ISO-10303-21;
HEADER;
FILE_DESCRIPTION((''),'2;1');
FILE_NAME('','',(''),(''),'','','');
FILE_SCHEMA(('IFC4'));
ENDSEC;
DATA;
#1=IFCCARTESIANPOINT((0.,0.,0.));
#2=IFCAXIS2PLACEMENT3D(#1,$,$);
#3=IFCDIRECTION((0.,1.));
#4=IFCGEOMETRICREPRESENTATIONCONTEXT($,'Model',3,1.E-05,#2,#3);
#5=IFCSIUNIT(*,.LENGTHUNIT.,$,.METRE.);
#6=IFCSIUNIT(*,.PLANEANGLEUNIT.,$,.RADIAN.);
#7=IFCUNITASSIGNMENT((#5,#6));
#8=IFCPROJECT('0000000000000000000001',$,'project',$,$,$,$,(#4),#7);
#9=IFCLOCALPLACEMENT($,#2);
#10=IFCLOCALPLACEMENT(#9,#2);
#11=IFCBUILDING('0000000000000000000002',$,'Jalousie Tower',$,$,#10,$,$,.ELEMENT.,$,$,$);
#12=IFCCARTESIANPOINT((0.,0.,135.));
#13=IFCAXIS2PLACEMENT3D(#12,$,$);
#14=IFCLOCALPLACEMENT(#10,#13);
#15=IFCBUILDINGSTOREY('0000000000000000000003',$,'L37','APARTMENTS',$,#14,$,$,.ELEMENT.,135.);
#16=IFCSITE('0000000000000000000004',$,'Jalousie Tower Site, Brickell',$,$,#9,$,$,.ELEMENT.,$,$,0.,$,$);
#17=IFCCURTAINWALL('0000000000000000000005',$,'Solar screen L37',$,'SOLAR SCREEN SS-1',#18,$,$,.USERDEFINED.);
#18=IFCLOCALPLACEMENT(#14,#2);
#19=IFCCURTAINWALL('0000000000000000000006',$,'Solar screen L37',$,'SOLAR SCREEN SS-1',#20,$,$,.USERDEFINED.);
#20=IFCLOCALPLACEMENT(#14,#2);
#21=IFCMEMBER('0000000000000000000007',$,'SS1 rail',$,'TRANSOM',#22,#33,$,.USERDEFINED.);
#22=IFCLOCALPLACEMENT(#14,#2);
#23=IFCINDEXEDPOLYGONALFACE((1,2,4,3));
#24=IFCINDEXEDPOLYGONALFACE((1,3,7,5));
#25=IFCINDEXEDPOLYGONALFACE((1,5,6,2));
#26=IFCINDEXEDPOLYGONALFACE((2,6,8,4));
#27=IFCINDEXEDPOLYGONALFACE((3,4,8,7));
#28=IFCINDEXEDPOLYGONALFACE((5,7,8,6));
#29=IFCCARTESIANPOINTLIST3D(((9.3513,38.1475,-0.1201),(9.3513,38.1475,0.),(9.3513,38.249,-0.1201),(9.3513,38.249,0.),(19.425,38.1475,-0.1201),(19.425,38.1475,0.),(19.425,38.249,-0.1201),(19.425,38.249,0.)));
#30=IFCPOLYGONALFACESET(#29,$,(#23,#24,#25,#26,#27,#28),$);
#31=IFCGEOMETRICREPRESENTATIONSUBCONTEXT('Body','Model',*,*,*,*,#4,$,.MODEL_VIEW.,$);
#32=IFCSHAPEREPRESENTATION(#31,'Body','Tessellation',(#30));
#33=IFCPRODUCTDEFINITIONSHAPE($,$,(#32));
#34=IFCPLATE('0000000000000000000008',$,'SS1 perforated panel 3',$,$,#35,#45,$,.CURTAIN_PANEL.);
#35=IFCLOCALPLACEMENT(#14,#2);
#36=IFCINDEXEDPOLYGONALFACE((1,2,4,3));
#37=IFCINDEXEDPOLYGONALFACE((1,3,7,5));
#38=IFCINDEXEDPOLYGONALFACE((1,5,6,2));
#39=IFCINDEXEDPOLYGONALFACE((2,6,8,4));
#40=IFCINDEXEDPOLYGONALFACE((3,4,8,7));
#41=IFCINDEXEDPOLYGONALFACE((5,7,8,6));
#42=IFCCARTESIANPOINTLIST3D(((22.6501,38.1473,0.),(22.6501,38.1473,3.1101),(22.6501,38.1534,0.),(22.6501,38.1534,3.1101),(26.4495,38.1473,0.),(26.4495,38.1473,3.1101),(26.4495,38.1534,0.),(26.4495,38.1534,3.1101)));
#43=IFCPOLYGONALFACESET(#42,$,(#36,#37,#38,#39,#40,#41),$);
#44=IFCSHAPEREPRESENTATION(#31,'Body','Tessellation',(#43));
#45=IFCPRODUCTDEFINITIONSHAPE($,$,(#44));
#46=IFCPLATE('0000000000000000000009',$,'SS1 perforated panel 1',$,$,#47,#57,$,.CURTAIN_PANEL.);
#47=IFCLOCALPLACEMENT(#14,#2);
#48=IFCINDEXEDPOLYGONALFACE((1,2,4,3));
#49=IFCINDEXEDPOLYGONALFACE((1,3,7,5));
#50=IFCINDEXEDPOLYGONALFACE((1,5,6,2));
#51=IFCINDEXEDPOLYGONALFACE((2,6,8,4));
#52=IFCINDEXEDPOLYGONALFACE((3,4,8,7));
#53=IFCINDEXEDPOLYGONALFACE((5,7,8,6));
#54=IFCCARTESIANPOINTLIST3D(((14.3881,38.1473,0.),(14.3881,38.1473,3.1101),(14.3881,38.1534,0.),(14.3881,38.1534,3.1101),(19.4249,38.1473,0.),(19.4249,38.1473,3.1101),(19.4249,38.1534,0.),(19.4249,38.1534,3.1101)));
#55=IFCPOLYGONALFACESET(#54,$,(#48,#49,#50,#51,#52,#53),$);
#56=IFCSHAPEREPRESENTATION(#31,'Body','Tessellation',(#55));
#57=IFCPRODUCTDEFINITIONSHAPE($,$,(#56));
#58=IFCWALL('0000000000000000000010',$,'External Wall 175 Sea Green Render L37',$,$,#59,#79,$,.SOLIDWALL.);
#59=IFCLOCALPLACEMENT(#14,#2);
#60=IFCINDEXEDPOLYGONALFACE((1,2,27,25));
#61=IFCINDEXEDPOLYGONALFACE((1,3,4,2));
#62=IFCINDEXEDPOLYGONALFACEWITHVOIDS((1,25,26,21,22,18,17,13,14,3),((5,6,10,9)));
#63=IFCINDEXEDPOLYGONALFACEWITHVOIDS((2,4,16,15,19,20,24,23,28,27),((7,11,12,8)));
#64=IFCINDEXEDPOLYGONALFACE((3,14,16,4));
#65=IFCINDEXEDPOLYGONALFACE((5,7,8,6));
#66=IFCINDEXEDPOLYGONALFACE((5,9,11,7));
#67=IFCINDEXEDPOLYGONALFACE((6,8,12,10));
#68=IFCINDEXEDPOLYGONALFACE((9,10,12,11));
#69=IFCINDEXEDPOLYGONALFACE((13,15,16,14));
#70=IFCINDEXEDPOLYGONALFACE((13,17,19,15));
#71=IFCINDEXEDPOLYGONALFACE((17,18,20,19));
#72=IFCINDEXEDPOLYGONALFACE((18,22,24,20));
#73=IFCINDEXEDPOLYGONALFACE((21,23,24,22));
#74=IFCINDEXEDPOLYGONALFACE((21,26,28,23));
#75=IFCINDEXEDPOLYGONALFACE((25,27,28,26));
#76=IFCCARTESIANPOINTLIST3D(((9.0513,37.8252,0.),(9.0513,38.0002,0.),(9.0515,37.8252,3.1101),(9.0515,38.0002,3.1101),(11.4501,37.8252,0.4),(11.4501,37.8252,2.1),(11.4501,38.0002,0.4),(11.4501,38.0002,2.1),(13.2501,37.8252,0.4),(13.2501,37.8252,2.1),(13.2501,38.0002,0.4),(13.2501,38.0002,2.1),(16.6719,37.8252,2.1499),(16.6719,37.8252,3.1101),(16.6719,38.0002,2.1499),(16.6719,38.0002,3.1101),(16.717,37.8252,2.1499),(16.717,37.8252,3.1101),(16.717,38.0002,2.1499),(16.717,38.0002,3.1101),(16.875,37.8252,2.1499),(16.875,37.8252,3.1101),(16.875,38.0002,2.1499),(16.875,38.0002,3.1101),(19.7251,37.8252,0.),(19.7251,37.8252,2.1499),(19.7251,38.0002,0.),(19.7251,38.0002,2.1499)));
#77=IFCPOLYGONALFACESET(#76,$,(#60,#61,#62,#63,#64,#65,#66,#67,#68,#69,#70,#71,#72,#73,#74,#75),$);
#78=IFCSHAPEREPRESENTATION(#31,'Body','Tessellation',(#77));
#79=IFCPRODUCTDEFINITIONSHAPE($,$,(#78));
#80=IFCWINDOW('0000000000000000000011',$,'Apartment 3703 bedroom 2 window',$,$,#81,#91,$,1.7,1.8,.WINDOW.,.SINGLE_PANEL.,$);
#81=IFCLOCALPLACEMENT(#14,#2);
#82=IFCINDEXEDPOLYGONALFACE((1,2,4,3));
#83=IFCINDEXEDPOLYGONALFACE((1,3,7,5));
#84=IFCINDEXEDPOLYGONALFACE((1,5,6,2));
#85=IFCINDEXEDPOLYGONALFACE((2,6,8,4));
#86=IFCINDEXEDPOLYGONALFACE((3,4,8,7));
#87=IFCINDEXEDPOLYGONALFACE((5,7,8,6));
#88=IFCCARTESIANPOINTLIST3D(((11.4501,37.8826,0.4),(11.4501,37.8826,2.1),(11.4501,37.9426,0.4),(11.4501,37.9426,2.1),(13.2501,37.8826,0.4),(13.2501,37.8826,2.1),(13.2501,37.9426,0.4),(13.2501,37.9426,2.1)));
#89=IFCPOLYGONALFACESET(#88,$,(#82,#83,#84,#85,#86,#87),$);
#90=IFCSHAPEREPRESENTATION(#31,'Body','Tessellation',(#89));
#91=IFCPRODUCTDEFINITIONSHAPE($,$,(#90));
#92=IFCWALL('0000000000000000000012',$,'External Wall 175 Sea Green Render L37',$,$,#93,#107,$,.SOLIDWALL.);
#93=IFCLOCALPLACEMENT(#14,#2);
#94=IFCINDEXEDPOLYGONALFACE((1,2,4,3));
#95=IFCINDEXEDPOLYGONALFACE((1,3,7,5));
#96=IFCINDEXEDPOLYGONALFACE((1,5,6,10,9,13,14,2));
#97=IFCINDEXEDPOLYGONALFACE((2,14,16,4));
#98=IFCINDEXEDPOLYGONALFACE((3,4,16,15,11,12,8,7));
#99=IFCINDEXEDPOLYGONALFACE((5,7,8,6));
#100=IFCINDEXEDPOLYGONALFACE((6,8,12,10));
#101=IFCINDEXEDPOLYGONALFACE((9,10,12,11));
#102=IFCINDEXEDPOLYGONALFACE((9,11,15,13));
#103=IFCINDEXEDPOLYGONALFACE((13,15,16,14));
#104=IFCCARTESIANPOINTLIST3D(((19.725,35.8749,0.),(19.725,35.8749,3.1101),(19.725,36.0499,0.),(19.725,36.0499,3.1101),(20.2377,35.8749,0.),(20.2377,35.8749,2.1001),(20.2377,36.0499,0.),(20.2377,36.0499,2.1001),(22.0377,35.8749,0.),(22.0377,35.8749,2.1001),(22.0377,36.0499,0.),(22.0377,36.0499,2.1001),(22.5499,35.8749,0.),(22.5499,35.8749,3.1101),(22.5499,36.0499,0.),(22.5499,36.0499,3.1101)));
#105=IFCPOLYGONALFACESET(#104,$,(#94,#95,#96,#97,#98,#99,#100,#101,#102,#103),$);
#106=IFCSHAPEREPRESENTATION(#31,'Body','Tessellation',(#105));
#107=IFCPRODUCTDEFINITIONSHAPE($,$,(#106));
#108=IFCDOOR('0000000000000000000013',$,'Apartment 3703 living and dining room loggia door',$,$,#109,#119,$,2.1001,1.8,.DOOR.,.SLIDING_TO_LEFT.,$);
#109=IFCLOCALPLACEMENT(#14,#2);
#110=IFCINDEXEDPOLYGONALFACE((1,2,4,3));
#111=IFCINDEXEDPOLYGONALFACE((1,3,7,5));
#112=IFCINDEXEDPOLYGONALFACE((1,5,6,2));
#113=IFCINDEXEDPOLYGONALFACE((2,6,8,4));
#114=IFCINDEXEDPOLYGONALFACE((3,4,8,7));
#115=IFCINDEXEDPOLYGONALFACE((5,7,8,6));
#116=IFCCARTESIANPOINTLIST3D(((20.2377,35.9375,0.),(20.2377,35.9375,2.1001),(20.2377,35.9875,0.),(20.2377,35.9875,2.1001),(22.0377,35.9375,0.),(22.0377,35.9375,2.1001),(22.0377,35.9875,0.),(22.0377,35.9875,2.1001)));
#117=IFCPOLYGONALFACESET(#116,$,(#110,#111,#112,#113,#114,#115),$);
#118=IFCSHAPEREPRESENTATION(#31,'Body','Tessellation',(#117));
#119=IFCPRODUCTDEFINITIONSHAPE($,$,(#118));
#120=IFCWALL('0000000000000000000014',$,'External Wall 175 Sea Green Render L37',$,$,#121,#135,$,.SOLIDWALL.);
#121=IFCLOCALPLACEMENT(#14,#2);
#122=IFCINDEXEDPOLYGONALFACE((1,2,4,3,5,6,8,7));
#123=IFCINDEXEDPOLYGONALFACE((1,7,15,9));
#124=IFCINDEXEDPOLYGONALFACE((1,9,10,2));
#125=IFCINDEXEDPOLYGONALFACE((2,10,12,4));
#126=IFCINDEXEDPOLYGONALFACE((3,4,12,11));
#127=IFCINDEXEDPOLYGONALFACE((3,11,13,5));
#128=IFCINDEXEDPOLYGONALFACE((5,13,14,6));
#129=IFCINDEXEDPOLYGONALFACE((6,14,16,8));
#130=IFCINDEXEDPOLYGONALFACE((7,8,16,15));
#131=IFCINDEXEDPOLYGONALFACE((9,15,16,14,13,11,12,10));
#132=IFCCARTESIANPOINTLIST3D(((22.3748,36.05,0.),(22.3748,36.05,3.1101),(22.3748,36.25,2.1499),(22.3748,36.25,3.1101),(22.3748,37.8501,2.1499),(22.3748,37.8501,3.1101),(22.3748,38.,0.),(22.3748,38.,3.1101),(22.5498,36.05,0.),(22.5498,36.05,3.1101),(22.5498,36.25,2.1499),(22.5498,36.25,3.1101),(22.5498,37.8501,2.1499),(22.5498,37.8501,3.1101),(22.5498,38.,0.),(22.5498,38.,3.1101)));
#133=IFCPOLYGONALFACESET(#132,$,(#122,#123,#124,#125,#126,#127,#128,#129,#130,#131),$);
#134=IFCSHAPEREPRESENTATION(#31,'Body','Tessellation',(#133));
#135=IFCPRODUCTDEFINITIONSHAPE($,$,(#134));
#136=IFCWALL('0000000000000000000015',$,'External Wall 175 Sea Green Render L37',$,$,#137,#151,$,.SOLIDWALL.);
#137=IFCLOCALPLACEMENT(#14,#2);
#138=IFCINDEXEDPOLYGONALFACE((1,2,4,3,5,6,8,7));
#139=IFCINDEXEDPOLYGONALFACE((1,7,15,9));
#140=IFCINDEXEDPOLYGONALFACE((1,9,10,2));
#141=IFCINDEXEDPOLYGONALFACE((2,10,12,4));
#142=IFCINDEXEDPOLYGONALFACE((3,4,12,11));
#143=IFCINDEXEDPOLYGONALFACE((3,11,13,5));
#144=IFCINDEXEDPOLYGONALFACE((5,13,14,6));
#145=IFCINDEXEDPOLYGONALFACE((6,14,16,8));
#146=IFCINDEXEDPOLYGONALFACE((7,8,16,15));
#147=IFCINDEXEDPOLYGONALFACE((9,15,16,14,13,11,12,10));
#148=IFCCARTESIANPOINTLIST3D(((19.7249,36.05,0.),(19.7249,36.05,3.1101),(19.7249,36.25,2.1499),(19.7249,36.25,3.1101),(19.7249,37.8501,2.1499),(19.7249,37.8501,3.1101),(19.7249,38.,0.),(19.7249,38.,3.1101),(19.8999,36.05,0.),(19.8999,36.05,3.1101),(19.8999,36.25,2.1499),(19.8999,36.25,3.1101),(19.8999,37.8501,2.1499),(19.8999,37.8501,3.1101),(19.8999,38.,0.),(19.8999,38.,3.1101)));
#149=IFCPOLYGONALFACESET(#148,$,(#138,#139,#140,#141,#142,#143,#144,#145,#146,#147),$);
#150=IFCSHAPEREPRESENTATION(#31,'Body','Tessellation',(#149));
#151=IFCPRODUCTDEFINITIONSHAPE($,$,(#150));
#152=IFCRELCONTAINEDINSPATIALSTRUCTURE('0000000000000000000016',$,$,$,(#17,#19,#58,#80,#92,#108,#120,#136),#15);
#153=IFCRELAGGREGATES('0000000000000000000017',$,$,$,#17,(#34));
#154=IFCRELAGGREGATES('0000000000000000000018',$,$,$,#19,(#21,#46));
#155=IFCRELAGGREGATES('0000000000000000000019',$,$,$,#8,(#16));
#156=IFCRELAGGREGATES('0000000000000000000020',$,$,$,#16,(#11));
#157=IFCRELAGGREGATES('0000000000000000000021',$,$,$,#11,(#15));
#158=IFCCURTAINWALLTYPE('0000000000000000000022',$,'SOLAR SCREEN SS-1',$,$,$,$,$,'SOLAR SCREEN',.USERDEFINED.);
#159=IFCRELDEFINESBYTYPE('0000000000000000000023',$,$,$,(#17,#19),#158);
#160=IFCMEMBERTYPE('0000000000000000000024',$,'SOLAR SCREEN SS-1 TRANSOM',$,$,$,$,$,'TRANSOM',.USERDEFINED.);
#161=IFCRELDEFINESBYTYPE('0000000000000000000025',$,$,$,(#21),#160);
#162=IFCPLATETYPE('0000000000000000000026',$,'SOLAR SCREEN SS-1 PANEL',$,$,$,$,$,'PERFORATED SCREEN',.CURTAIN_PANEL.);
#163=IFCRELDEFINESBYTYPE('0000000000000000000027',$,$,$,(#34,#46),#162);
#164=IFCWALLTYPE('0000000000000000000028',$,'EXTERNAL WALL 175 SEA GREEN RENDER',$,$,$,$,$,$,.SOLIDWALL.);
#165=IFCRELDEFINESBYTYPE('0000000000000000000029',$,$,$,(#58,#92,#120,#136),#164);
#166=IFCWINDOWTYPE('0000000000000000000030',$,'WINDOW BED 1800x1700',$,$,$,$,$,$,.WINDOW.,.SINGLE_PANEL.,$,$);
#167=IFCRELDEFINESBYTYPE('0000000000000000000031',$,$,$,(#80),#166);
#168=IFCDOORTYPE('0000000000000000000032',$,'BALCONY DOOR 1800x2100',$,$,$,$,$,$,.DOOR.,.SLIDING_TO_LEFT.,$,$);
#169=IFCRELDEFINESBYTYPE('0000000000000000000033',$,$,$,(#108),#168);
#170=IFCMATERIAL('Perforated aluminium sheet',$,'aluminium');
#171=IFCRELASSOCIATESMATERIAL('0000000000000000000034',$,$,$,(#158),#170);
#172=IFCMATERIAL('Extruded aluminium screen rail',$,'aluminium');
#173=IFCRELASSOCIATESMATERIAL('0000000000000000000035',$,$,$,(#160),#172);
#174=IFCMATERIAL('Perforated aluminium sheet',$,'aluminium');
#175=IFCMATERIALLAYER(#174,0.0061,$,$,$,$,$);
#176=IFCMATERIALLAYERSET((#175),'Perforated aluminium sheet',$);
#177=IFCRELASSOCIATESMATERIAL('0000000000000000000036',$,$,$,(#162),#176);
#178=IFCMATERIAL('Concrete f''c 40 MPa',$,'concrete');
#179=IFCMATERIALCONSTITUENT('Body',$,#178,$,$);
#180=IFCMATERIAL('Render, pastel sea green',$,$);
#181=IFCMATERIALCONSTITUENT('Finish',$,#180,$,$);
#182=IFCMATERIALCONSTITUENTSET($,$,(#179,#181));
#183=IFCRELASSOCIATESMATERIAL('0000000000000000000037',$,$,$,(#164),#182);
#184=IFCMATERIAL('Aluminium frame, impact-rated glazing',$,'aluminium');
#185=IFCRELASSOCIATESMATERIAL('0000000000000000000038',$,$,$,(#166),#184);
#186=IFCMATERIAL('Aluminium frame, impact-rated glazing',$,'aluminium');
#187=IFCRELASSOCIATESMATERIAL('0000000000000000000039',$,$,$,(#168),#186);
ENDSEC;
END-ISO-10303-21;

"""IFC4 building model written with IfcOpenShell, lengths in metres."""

from ifc_helpers import new_model, si_unit, direction, frame, frame_2d, origin, origin_2d, place, context, subcontext, project, spatial, polyline, rectangle, outline, extrude, material, layer, layer_set, constituent, constituent_set, material_profile, profile_set, type_object, element, fill, aggregate, save


model = new_model("IFC4")

# Units and contexts
model_context = context("Model", 3, precision=1e-05, world=origin(), true_north=direction((0.0, 1.0)))
body_context = subcontext(model_context, "Body", "Model", "MODEL_VIEW")
ifc_project = project(units=[si_unit("LENGTHUNIT", "METRE"), si_unit("PLANEANGLEUNIT", "RADIAN")], contexts=[model_context])

# Site, building, storey
site_placement = place(None, origin())
site = spatial("IfcSite", under=ifc_project, at=site_placement, Name="Jalousie Tower Site, Brickell", CompositionType="ELEMENT", RefElevation=0.0)
building_placement = place(site_placement, origin())
building = spatial("IfcBuilding", under=site, at=building_placement, Name="Jalousie Tower", CompositionType="ELEMENT")
storey_placement = place(building_placement, frame((0.0, 0.0, 135.0)))
storey = spatial("IfcBuildingStorey", under=building, at=storey_placement, Name="L37", Description="APARTMENTS", CompositionType="ELEMENT", Elevation=135.0)

# Curtain wall
ifc_material_1 = material(Name="Perforated aluminium sheet", Category="aluminium")
curtain_wall_type = type_object("IfcCurtainWallType", Name="SOLAR SCREEN SS-1", ElementType="SOLAR SCREEN", PredefinedType="USERDEFINED", material=ifc_material_1)
curtain_wall_1_placement = place(storey_placement, origin())
curtain_wall_1 = element("IfcCurtainWall", 1, at=curtain_wall_1_placement, inside=storey, type_object=curtain_wall_type, Name="Solar screen L37", ObjectType="SOLAR SCREEN SS-1", PredefinedType="USERDEFINED")

# Curtain wall, member
curtain_wall_2_placement = place(storey_placement, origin())
curtain_wall_2 = element("IfcCurtainWall", 2, at=curtain_wall_2_placement, inside=storey, type_object=curtain_wall_type, Name="Solar screen L37", ObjectType="SOLAR SCREEN SS-1", PredefinedType="USERDEFINED")
ifc_material_2 = material(Name="Extruded aluminium screen rail", Category="aluminium")
ifc_material_profile_1 = material_profile(ifc_material_2, rectangle(XDim=0.1016, YDim=0.1201, at=origin_2d()), Name="RAIL 102x120")
ifc_profile_set_1 = profile_set([ifc_material_profile_1], Name="Extruded aluminium screen rail")
member_type_1 = type_object("IfcMemberType", Name="SOLAR SCREEN SS-1 TRANSOM", ElementType="TRANSOM", PredefinedType="USERDEFINED", material=ifc_profile_set_1)
member_1_placement = place(storey_placement, frame((19.425, 38.1982, -0.0601), z_axis=(-1.0, 0.0, 0.0), x_axis=(0.0, -1.0, 0.0)))
member_1 = element("IfcMember", 3, at=member_1_placement, type_object=member_type_1, Name="SS1 rail", ObjectType="TRANSOM", PredefinedType="USERDEFINED", context=body_context, shape_type="SweptSolid", body=[
    extrude(rectangle(XDim=0.1016, YDim=0.1201, at=origin_2d()), origin(), (0.0, 0.0, 1.0), 10.0737),
])

# Plates
ifc_material_3 = material(Name="Perforated aluminium sheet", Category="aluminium")
ifc_layer_1 = layer(ifc_material_3, 0.0061)
ifc_layer_set_1 = layer_set([ifc_layer_1], Name="Perforated aluminium sheet")
plate_type = type_object("IfcPlateType", Name="SOLAR SCREEN SS-1 PANEL", ElementType="PERFORATED SCREEN", PredefinedType="CURTAIN_PANEL", material=ifc_layer_set_1)
plate_1_placement = place(storey_placement, frame((24.5498, 38.1504, 0.0), z_axis=(0.0, 0.0, 1.0), x_axis=(-1.0, 0.0, 0.0)))
plate_1 = element("IfcPlate", 4, at=plate_1_placement, type_object=plate_type, Name="SS1 perforated panel 3", PredefinedType="CURTAIN_PANEL", context=body_context, shape_type="SweptSolid", body=[
    extrude(rectangle(XDim=3.7993, YDim=0.0061, at=origin_2d()), origin(), (0.0, 0.0, 1.0), 3.1101),
])
aggregate(curtain_wall_1, [plate_1])
plate_2_placement = place(storey_placement, frame((16.9065, 38.1504, 0.0), z_axis=(0.0, 0.0, 1.0), x_axis=(-1.0, 0.0, 0.0)))
plate_2 = element("IfcPlate", 5, at=plate_2_placement, type_object=plate_type, Name="SS1 perforated panel 1", PredefinedType="CURTAIN_PANEL", context=body_context, shape_type="SweptSolid", body=[
    extrude(rectangle(XDim=5.0369, YDim=0.0061, at=origin_2d()), origin(), (0.0, 0.0, 1.0), 3.1101),
])
aggregate(curtain_wall_2, [member_1, plate_2])

# Wall, opening, window
ifc_material_4 = material(Name="Concrete f'c 40 MPa", Category="concrete")
ifc_constituent_1 = constituent(ifc_material_4, Name="Body")
ifc_material_5 = material(Name="Render, pastel sea green")
ifc_constituent_2 = constituent(ifc_material_5, Name="Finish")
ifc_constituent_set_1 = constituent_set(constituents=[ifc_constituent_1, ifc_constituent_2])
wall_type_1 = type_object("IfcWallType", Name="EXTERNAL WALL 175 SEA GREEN RENDER", PredefinedType="SOLIDWALL", material=ifc_constituent_set_1)
wall_1_placement = place(storey_placement, frame((19.7251, 37.9126, 0.0), z_axis=(0.0, 0.0, 1.0), x_axis=(-1.0, 0.0, 0.0)))
wall_1 = element("IfcWall", 6, at=wall_1_placement, inside=storey, type_object=wall_type_1, Name="External Wall 175 Sea Green Render L37", PredefinedType="SOLIDWALL", context=body_context, shape_type="SweptSolid", body=[
    extrude(outline(polyline([(0.0, 0.0), (10.6738, 0.0), (10.6736, 3.1101), (3.0532, 3.1101), (3.0532, 2.1499), (3.0081, 2.1499), (3.0081, 3.1101), (2.8501, 3.1101), (2.8501, 2.1499), (0.0, 2.1499), (0.0, 0.0)])), frame((0.0, 0.0874, 0.0), z_axis=(0.0, -1.0, 0.0), x_axis=(1.0, 0.0, 0.0)), (0.0, 0.0, 1.0), 0.175),
])
opening_1_placement = place(wall_1_placement, frame((6.4751, 0.0, 0.3999)))
opening_1 = element("IfcOpeningElement", 7, at=opening_1_placement, cuts=wall_1, PredefinedType="OPENING", context=body_context, shape_type="SweptSolid", body=[
    extrude(rectangle(XDim=1.8, YDim=1.7, at=frame_2d((0.8999, 0.8501))), frame((0.0, 0.0974, 0.0), z_axis=(0.0, -1.0, 0.0), x_axis=(1.0, 0.0, 0.0)), (0.0, 0.0, 1.0), 0.1951),
])
ifc_material_6 = material(Name="Aluminium frame, impact-rated glazing", Category="aluminium")
window_type = type_object("IfcWindowType", Name="WINDOW BED 1800x1700", PartitioningType="SINGLE_PANEL", PredefinedType="WINDOW", material=ifc_material_6)
window_placement = place(opening_1_placement, origin())
window = element("IfcWindow", 8, at=window_placement, inside=storey, type_object=window_type, Name="Apartment 3703 bedroom 2 window", OverallHeight=1.7, OverallWidth=1.8, PartitioningType="SINGLE_PANEL", PredefinedType="WINDOW", context=body_context, shape_type="SweptSolid", body=[
    extrude(rectangle(XDim=1.8, YDim=1.7, at=frame_2d((0.8999, 0.8501))), frame((0.0, 0.03, 0.0), z_axis=(0.0, -1.0, 0.0), x_axis=(1.0, 0.0, 0.0)), (0.0, 0.0, 1.0), 0.0601),
])
fill(opening_1, window)

# Wall, opening, door
wall_2_placement = place(storey_placement, frame((22.55, 35.9624, 0.0), z_axis=(0.0, 0.0, 1.0), x_axis=(-1.0, 0.0, 0.0)))
wall_2 = element("IfcWall", 9, at=wall_2_placement, inside=storey, type_object=wall_type_1, Name="External Wall 175 Sea Green Render L37", PredefinedType="SOLIDWALL", context=body_context, shape_type="SweptSolid", body=[
    extrude(rectangle(XDim=2.825, YDim=0.175, at=frame_2d((1.4126, 0.0))), origin(), (0.0, 0.0, 1.0), 3.1101),
])
opening_2_placement = place(wall_2_placement, frame((0.5125, 0.0, 0.0)))
opening_2 = element("IfcOpeningElement", 10, at=opening_2_placement, cuts=wall_2, PredefinedType="OPENING", context=body_context, shape_type="SweptSolid", body=[
    extrude(rectangle(XDim=1.8, YDim=2.1001, at=frame_2d((0.8999, 1.05))), frame((0.0, 0.0974, 0.0), z_axis=(0.0, -1.0, 0.0), x_axis=(1.0, 0.0, 0.0)), (0.0, 0.0, 1.0), 0.1951),
])
ifc_material_7 = material(Name="Aluminium frame, impact-rated glazing", Category="aluminium")
door_type_1 = type_object("IfcDoorType", Name="BALCONY DOOR 1800x2100", OperationType="SLIDING_TO_LEFT", PredefinedType="DOOR", material=ifc_material_7)
door_1_placement = place(opening_2_placement, origin())
door_1 = element("IfcDoor", 11, at=door_1_placement, inside=storey, type_object=door_type_1, Name="Apartment 3703 living and dining room loggia door", OperationType="SLIDING_TO_LEFT", OverallHeight=2.1001, OverallWidth=1.8, PredefinedType="DOOR", context=body_context, shape_type="SweptSolid", body=[
    extrude(rectangle(XDim=1.8, YDim=2.1001, at=frame_2d((0.8999, 1.05))), frame((0.0, 0.0249, 0.0), z_axis=(0.0, -1.0, 0.0), x_axis=(1.0, 0.0, 0.0)), (0.0, 0.0, 1.0), 0.05),
])
fill(opening_2, door_1)

# Walls
for number, where, z_axis, x_axis, name in (
    (12, (22.4624, 38.0, 0.0), (0.0, 0.0, 1.0), (0.0, -1.0, 0.0), "External Wall 175 Sea Green Render L37"),
    (13, (19.8125, 38.0, 0.0), (0.0, 0.0, 1.0), (0.0, -1.0, 0.0), "External Wall 175 Sea Green Render L37"),
):
    element("IfcWall", number, at=place(storey_placement, frame(where, z_axis=z_axis, x_axis=x_axis)), inside=storey, type_object=wall_type_1, Name=name, PredefinedType="SOLIDWALL", context=body_context, shape_type="SweptSolid", body=[
        extrude(outline(polyline([(0.0, 0.0), (1.95, 0.0), (1.95, 3.1101), (1.75, 3.1101), (1.75, 2.1499), (0.1499, 2.1499), (0.1499, 3.1101), (0.0, 3.1101), (0.0, 0.0)])), frame((0.0, 0.0874, 0.0), z_axis=(0.0, -1.0, 0.0), x_axis=(1.0, 0.0, 0.0)), (0.0, 0.0, 1.0), 0.175),
    ])

save(model, "model.ifc")
